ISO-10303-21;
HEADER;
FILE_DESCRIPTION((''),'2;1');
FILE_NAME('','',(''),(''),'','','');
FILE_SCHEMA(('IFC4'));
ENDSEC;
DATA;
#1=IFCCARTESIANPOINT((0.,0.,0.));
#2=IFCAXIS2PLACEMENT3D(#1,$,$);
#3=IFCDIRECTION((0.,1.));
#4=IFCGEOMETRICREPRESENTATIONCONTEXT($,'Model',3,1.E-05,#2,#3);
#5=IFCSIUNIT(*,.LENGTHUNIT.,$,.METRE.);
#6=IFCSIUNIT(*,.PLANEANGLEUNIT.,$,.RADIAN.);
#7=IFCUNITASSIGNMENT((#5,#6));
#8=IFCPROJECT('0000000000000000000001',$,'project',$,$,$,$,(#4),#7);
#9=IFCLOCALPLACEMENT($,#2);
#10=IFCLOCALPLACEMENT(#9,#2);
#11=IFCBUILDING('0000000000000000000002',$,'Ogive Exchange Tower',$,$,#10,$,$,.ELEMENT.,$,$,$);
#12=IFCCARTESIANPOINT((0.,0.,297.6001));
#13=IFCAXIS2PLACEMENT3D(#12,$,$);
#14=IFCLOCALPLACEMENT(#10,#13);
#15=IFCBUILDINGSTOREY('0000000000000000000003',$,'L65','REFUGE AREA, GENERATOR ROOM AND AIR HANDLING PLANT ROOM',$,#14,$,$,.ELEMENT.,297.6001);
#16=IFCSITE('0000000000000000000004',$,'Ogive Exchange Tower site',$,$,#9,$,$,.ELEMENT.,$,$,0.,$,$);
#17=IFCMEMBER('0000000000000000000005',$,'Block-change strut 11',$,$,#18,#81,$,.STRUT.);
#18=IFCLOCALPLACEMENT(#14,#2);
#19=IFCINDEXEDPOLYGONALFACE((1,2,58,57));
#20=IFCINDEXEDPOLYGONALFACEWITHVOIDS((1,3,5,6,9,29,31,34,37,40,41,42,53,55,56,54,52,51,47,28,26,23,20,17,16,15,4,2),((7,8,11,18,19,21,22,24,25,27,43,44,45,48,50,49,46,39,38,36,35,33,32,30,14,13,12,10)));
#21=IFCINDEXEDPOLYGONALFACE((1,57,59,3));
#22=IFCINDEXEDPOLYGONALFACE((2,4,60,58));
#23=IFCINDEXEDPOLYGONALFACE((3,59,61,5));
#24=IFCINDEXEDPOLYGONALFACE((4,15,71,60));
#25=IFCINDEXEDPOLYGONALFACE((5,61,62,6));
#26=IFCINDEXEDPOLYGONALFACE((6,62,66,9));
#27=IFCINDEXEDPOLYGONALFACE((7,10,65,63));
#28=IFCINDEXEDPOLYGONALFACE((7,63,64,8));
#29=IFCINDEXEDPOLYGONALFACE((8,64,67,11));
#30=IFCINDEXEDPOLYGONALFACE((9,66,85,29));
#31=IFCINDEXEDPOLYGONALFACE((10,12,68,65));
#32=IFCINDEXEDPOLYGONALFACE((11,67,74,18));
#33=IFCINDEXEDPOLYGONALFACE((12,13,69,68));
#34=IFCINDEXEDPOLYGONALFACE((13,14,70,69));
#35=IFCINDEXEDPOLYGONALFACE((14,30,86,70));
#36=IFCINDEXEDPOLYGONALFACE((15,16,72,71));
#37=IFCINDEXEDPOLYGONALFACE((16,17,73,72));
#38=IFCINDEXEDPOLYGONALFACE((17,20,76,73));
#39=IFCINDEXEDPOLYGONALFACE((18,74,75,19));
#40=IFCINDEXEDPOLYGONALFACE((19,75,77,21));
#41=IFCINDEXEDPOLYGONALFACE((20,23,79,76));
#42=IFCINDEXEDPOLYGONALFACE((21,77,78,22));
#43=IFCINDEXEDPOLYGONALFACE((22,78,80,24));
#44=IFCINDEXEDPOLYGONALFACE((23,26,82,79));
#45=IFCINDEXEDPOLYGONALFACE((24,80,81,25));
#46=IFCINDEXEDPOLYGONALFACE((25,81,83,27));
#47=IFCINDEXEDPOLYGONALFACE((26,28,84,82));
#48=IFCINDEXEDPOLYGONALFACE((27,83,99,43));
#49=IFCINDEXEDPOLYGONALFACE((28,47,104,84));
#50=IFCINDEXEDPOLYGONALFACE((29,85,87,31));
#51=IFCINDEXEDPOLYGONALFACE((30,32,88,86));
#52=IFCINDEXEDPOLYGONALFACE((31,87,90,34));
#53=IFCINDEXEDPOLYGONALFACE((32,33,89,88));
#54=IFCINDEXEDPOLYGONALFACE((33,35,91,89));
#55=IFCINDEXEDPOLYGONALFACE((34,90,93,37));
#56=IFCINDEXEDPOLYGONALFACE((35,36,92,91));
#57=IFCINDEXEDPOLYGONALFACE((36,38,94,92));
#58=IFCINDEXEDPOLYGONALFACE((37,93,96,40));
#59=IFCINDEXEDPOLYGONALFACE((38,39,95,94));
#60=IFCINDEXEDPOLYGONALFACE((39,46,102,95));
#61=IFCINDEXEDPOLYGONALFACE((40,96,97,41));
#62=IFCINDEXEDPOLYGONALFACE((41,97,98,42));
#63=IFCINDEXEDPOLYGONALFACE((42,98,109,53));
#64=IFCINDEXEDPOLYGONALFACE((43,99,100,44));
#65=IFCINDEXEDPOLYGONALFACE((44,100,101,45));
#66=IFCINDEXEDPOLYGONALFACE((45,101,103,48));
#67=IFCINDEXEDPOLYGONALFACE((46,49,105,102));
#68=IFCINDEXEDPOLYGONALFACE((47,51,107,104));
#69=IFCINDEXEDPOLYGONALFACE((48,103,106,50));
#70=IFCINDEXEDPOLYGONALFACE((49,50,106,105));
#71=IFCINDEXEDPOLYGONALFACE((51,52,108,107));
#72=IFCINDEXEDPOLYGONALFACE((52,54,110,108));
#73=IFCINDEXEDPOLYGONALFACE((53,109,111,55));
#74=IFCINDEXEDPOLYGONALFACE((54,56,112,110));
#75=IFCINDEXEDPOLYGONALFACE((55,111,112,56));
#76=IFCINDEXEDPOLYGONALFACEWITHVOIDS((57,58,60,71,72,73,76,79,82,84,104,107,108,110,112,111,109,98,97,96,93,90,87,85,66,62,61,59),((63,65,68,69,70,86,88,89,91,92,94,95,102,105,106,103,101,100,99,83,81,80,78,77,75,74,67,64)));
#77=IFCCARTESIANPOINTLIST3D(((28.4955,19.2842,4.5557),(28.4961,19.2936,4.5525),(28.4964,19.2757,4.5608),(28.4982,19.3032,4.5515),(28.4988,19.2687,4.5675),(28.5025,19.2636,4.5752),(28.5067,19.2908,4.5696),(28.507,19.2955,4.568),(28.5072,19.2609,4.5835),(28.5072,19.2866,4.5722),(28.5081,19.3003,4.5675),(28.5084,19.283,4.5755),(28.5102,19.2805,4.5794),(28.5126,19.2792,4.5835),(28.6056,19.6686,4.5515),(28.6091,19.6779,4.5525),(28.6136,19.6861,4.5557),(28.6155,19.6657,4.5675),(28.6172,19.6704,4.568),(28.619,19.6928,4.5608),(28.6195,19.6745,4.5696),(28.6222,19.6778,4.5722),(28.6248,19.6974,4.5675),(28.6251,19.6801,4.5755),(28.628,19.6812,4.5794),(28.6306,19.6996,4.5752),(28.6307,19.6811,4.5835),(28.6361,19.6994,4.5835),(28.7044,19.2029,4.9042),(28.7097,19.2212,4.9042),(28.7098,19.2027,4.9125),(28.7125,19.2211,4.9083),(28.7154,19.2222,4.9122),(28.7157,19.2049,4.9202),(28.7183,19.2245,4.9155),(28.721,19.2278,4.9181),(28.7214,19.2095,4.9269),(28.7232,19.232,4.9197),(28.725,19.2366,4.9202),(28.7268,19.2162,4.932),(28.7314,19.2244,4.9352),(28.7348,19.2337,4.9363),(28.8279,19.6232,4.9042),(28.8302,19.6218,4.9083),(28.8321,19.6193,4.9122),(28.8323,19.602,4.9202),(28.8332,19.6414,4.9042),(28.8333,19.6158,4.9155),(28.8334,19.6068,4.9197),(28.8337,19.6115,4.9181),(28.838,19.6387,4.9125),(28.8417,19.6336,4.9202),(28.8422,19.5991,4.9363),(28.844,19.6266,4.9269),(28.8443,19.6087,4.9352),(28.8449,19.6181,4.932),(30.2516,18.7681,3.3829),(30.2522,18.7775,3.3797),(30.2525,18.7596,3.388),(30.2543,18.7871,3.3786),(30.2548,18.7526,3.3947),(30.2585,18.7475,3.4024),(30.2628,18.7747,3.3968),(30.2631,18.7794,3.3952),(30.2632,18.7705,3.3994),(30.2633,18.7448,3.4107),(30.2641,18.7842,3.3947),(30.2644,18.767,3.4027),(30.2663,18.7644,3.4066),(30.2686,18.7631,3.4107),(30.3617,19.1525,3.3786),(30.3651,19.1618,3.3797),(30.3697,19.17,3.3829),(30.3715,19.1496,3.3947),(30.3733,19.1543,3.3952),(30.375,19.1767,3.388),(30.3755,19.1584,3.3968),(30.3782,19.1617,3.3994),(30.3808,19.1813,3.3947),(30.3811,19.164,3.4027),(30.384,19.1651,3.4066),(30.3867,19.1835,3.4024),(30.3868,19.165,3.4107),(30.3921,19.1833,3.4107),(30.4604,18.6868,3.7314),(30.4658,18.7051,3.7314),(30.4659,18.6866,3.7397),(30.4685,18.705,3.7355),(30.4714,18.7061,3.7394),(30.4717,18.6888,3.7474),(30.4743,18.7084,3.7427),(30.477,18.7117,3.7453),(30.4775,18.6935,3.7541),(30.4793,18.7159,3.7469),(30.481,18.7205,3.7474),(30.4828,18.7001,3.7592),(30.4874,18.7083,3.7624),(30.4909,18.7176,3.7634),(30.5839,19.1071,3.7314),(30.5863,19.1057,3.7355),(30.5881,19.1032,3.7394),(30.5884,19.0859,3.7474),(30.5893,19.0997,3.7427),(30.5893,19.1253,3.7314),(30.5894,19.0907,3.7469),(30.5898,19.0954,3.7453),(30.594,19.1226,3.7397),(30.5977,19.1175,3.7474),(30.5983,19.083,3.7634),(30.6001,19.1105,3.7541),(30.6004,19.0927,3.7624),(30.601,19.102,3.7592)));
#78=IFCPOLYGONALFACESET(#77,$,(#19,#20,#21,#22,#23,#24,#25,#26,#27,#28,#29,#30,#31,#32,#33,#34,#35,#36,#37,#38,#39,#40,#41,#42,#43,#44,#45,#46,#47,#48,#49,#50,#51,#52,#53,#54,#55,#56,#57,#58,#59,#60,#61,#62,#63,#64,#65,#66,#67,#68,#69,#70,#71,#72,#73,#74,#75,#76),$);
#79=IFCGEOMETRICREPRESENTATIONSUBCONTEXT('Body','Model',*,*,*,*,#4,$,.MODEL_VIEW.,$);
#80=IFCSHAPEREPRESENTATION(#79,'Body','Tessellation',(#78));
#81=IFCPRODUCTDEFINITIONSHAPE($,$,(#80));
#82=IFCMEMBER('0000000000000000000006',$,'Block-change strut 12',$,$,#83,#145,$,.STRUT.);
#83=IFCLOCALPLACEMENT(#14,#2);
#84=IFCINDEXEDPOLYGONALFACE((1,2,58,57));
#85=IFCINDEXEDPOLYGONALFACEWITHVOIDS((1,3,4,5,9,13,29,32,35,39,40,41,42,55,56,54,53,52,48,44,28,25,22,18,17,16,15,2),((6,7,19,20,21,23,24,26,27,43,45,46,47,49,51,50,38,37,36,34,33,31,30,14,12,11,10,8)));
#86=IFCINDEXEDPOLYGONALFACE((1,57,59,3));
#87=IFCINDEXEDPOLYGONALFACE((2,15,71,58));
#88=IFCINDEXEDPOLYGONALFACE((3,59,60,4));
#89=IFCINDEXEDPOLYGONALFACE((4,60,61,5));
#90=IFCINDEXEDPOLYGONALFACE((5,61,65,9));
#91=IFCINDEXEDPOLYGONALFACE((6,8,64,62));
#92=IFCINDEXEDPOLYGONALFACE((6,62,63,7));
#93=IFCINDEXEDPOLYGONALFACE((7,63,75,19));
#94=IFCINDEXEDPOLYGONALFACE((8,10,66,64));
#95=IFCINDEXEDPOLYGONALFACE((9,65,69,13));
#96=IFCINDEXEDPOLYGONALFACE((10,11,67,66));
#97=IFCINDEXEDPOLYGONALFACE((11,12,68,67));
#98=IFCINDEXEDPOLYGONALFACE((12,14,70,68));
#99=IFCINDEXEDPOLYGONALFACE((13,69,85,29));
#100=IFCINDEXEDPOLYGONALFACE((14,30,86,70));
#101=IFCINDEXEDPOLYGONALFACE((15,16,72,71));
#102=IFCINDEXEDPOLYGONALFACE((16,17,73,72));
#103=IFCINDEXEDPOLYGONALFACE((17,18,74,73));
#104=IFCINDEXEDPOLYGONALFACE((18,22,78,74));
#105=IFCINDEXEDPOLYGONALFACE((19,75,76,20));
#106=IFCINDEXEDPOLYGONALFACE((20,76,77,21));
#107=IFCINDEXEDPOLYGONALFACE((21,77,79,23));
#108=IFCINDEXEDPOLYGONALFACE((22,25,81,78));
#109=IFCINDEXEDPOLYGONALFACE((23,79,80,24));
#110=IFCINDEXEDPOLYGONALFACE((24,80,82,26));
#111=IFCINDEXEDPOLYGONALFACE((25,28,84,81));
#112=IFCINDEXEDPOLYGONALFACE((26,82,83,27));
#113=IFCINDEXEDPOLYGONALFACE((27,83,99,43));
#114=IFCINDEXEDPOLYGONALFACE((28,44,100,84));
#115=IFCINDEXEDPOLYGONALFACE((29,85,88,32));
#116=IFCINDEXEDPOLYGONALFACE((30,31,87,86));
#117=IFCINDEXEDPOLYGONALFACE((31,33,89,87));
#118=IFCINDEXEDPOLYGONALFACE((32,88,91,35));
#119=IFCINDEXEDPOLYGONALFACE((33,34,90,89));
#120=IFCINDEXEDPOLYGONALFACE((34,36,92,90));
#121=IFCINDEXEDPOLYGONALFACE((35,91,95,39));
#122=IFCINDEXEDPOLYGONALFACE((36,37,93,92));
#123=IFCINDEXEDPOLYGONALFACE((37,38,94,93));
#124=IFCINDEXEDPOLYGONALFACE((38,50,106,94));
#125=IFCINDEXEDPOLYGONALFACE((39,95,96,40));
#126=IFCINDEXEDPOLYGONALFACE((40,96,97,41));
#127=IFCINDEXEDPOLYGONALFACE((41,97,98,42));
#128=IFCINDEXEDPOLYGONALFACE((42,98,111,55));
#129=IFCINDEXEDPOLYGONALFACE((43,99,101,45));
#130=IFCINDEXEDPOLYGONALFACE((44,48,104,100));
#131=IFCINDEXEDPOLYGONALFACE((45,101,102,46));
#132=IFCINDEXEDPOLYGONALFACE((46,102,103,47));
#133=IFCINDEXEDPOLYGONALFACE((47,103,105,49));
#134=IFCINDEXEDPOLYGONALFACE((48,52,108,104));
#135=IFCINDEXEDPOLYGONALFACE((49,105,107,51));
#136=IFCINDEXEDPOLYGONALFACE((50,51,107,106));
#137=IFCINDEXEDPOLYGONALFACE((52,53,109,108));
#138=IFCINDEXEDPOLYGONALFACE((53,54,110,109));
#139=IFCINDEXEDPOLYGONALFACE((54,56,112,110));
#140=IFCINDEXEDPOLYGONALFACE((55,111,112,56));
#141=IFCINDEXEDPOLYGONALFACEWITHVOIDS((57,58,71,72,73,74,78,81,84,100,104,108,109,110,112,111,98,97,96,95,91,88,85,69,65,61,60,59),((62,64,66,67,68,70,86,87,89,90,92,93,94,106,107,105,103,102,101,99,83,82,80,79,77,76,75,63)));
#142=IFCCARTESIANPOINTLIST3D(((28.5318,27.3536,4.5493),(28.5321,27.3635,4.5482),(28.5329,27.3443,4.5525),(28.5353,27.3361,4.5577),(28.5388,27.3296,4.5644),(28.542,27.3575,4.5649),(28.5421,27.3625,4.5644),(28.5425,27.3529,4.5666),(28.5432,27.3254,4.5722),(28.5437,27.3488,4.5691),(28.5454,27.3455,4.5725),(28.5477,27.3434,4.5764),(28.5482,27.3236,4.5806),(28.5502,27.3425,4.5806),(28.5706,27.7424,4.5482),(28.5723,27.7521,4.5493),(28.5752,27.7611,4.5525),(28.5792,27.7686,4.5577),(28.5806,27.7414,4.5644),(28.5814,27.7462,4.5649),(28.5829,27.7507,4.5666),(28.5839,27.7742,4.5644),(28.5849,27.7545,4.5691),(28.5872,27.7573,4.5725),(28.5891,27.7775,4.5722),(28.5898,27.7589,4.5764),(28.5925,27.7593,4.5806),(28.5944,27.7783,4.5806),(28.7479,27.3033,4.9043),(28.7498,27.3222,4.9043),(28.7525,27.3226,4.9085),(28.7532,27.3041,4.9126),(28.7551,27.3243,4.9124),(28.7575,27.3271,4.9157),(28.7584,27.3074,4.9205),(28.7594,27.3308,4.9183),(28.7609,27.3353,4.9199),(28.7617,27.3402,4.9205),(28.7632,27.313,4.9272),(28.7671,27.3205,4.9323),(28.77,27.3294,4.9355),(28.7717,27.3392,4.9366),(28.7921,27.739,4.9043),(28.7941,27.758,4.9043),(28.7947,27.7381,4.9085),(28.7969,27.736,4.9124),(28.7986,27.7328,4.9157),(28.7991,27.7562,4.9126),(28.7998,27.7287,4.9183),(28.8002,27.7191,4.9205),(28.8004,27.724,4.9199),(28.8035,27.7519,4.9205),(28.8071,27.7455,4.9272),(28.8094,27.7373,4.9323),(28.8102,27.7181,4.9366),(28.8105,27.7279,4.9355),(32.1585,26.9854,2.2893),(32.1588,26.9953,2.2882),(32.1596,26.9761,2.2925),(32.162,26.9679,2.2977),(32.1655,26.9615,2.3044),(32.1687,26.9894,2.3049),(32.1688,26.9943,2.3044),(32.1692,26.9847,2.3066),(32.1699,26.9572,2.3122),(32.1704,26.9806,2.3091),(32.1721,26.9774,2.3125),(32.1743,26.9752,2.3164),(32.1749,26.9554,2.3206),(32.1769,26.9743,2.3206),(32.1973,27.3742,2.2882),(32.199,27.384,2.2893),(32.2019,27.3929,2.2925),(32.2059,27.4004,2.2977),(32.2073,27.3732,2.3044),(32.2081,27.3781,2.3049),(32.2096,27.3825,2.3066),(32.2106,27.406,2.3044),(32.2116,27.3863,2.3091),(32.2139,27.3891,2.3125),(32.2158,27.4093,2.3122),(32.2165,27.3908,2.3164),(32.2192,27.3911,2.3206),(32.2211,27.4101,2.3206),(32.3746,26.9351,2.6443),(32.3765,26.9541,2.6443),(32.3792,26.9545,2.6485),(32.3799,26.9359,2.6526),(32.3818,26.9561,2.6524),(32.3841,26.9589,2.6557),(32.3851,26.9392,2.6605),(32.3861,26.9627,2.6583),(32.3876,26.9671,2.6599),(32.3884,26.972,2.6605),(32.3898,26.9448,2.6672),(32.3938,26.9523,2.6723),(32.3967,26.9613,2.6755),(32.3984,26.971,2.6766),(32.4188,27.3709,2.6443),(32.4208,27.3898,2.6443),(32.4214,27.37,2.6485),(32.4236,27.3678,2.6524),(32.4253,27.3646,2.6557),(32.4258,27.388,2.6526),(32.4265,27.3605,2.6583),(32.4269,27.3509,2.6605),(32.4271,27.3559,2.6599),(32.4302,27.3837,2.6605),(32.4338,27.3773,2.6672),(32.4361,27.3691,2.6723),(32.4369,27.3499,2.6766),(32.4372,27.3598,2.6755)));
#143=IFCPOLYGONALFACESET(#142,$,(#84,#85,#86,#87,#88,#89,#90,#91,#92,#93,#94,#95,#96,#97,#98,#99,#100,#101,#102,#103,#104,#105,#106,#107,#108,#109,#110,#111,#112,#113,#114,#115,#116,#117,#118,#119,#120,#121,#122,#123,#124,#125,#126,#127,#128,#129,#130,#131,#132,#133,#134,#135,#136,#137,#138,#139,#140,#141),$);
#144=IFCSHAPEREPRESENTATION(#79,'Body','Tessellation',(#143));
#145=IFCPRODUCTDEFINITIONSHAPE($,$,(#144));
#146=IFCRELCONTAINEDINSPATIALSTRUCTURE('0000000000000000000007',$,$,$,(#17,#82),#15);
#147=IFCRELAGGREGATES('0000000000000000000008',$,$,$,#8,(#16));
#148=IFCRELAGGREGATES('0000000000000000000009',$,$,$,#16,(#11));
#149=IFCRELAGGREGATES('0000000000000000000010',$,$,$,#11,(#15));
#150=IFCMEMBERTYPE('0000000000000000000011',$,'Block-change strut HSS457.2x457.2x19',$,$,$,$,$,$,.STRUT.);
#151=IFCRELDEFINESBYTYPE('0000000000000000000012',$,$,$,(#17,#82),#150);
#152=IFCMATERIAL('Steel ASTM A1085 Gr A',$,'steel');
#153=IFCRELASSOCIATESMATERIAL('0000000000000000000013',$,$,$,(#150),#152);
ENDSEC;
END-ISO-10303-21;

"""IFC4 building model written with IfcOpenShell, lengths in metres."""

from ifc_helpers import new_model, si_unit, direction, frame, origin, origin_2d, place, context, subcontext, project, spatial, hollow_rectangle, extrude, material, material_profile, profile_set, type_object, element, save


model = new_model("IFC4")

# Units and contexts
model_context = context("Model", 3, precision=1e-05, world=origin(), true_north=direction((0.0, 1.0)))
body_context = subcontext(model_context, "Body", "Model", "MODEL_VIEW")
ifc_project = project(units=[si_unit("LENGTHUNIT", "METRE"), si_unit("PLANEANGLEUNIT", "RADIAN")], contexts=[model_context])

# Site, building, storey
site_placement = place(None, origin())
site = spatial("IfcSite", under=ifc_project, at=site_placement, Name="Ogive Exchange Tower site", CompositionType="ELEMENT", RefElevation=0.0)
building_placement = place(site_placement, origin())
building = spatial("IfcBuilding", under=site, at=building_placement, Name="Ogive Exchange Tower", CompositionType="ELEMENT")
storey_placement = place(building_placement, frame((0.0, 0.0, 297.6001)))
storey = spatial("IfcBuildingStorey", under=building, at=storey_placement, Name="L65", Description="REFUGE AREA, GENERATOR ROOM AND AIR HANDLING PLANT ROOM", CompositionType="ELEMENT", Elevation=297.6001)

# Shared definitions
ifc_material_1 = material(Name="Steel ASTM A1085 Gr A", Category="steel")

# Members
ifc_material_profile_1 = material_profile(ifc_material_1, hollow_rectangle(XDim=0.457, YDim=0.457, WallThickness=0.019, InnerFilletRadius=0.019, OuterFilletRadius=0.0381, at=origin_2d()), Name="HSS457.2x457.2x19")
ifc_profile_set_1 = profile_set([ifc_material_profile_1], Name="Steel ASTM A1085 Gr A")
member_type_1 = type_object("IfcMemberType", Name="Block-change strut HSS457.2x457.2x19", PredefinedType="STRUT", material=ifc_profile_set_1)
member_1_placement = place(storey_placement, frame((30.4263, 18.9351, 3.571), z_axis=(-0.807811, 0.237413, 0.539514), x_axis=(-0.281971, -0.959423, 0.0)))
element("IfcMember", 1, at=member_1_placement, inside=storey, type_object=member_type_1, Name="Block-change strut 11", PredefinedType="STRUT", context=body_context, shape_type="SweptSolid", body=[
    extrude(hollow_rectangle(XDim=0.457, YDim=0.457, WallThickness=0.019, InnerFilletRadius=0.019, OuterFilletRadius=0.0381, at=origin_2d()), origin(), (0.0, 0.0, 1.0), 2.1738),
])
member_2_placement = place(storey_placement, frame((32.2979, 27.1726, 2.4824), z_axis=(-0.845568, 0.085838, 0.526922), x_axis=(-0.100996, -0.994887, 0.0)))
element("IfcMember", 2, at=member_2_placement, inside=storey, type_object=member_type_1, Name="Block-change strut 12", PredefinedType="STRUT", context=body_context, shape_type="SweptSolid", body=[
    extrude(hollow_rectangle(XDim=0.457, YDim=0.457, WallThickness=0.019, InnerFilletRadius=0.019, OuterFilletRadius=0.0381, at=origin_2d()), origin(), (0.0, 0.0, 1.0), 4.2891),
])

save(model, "model.ifc")
